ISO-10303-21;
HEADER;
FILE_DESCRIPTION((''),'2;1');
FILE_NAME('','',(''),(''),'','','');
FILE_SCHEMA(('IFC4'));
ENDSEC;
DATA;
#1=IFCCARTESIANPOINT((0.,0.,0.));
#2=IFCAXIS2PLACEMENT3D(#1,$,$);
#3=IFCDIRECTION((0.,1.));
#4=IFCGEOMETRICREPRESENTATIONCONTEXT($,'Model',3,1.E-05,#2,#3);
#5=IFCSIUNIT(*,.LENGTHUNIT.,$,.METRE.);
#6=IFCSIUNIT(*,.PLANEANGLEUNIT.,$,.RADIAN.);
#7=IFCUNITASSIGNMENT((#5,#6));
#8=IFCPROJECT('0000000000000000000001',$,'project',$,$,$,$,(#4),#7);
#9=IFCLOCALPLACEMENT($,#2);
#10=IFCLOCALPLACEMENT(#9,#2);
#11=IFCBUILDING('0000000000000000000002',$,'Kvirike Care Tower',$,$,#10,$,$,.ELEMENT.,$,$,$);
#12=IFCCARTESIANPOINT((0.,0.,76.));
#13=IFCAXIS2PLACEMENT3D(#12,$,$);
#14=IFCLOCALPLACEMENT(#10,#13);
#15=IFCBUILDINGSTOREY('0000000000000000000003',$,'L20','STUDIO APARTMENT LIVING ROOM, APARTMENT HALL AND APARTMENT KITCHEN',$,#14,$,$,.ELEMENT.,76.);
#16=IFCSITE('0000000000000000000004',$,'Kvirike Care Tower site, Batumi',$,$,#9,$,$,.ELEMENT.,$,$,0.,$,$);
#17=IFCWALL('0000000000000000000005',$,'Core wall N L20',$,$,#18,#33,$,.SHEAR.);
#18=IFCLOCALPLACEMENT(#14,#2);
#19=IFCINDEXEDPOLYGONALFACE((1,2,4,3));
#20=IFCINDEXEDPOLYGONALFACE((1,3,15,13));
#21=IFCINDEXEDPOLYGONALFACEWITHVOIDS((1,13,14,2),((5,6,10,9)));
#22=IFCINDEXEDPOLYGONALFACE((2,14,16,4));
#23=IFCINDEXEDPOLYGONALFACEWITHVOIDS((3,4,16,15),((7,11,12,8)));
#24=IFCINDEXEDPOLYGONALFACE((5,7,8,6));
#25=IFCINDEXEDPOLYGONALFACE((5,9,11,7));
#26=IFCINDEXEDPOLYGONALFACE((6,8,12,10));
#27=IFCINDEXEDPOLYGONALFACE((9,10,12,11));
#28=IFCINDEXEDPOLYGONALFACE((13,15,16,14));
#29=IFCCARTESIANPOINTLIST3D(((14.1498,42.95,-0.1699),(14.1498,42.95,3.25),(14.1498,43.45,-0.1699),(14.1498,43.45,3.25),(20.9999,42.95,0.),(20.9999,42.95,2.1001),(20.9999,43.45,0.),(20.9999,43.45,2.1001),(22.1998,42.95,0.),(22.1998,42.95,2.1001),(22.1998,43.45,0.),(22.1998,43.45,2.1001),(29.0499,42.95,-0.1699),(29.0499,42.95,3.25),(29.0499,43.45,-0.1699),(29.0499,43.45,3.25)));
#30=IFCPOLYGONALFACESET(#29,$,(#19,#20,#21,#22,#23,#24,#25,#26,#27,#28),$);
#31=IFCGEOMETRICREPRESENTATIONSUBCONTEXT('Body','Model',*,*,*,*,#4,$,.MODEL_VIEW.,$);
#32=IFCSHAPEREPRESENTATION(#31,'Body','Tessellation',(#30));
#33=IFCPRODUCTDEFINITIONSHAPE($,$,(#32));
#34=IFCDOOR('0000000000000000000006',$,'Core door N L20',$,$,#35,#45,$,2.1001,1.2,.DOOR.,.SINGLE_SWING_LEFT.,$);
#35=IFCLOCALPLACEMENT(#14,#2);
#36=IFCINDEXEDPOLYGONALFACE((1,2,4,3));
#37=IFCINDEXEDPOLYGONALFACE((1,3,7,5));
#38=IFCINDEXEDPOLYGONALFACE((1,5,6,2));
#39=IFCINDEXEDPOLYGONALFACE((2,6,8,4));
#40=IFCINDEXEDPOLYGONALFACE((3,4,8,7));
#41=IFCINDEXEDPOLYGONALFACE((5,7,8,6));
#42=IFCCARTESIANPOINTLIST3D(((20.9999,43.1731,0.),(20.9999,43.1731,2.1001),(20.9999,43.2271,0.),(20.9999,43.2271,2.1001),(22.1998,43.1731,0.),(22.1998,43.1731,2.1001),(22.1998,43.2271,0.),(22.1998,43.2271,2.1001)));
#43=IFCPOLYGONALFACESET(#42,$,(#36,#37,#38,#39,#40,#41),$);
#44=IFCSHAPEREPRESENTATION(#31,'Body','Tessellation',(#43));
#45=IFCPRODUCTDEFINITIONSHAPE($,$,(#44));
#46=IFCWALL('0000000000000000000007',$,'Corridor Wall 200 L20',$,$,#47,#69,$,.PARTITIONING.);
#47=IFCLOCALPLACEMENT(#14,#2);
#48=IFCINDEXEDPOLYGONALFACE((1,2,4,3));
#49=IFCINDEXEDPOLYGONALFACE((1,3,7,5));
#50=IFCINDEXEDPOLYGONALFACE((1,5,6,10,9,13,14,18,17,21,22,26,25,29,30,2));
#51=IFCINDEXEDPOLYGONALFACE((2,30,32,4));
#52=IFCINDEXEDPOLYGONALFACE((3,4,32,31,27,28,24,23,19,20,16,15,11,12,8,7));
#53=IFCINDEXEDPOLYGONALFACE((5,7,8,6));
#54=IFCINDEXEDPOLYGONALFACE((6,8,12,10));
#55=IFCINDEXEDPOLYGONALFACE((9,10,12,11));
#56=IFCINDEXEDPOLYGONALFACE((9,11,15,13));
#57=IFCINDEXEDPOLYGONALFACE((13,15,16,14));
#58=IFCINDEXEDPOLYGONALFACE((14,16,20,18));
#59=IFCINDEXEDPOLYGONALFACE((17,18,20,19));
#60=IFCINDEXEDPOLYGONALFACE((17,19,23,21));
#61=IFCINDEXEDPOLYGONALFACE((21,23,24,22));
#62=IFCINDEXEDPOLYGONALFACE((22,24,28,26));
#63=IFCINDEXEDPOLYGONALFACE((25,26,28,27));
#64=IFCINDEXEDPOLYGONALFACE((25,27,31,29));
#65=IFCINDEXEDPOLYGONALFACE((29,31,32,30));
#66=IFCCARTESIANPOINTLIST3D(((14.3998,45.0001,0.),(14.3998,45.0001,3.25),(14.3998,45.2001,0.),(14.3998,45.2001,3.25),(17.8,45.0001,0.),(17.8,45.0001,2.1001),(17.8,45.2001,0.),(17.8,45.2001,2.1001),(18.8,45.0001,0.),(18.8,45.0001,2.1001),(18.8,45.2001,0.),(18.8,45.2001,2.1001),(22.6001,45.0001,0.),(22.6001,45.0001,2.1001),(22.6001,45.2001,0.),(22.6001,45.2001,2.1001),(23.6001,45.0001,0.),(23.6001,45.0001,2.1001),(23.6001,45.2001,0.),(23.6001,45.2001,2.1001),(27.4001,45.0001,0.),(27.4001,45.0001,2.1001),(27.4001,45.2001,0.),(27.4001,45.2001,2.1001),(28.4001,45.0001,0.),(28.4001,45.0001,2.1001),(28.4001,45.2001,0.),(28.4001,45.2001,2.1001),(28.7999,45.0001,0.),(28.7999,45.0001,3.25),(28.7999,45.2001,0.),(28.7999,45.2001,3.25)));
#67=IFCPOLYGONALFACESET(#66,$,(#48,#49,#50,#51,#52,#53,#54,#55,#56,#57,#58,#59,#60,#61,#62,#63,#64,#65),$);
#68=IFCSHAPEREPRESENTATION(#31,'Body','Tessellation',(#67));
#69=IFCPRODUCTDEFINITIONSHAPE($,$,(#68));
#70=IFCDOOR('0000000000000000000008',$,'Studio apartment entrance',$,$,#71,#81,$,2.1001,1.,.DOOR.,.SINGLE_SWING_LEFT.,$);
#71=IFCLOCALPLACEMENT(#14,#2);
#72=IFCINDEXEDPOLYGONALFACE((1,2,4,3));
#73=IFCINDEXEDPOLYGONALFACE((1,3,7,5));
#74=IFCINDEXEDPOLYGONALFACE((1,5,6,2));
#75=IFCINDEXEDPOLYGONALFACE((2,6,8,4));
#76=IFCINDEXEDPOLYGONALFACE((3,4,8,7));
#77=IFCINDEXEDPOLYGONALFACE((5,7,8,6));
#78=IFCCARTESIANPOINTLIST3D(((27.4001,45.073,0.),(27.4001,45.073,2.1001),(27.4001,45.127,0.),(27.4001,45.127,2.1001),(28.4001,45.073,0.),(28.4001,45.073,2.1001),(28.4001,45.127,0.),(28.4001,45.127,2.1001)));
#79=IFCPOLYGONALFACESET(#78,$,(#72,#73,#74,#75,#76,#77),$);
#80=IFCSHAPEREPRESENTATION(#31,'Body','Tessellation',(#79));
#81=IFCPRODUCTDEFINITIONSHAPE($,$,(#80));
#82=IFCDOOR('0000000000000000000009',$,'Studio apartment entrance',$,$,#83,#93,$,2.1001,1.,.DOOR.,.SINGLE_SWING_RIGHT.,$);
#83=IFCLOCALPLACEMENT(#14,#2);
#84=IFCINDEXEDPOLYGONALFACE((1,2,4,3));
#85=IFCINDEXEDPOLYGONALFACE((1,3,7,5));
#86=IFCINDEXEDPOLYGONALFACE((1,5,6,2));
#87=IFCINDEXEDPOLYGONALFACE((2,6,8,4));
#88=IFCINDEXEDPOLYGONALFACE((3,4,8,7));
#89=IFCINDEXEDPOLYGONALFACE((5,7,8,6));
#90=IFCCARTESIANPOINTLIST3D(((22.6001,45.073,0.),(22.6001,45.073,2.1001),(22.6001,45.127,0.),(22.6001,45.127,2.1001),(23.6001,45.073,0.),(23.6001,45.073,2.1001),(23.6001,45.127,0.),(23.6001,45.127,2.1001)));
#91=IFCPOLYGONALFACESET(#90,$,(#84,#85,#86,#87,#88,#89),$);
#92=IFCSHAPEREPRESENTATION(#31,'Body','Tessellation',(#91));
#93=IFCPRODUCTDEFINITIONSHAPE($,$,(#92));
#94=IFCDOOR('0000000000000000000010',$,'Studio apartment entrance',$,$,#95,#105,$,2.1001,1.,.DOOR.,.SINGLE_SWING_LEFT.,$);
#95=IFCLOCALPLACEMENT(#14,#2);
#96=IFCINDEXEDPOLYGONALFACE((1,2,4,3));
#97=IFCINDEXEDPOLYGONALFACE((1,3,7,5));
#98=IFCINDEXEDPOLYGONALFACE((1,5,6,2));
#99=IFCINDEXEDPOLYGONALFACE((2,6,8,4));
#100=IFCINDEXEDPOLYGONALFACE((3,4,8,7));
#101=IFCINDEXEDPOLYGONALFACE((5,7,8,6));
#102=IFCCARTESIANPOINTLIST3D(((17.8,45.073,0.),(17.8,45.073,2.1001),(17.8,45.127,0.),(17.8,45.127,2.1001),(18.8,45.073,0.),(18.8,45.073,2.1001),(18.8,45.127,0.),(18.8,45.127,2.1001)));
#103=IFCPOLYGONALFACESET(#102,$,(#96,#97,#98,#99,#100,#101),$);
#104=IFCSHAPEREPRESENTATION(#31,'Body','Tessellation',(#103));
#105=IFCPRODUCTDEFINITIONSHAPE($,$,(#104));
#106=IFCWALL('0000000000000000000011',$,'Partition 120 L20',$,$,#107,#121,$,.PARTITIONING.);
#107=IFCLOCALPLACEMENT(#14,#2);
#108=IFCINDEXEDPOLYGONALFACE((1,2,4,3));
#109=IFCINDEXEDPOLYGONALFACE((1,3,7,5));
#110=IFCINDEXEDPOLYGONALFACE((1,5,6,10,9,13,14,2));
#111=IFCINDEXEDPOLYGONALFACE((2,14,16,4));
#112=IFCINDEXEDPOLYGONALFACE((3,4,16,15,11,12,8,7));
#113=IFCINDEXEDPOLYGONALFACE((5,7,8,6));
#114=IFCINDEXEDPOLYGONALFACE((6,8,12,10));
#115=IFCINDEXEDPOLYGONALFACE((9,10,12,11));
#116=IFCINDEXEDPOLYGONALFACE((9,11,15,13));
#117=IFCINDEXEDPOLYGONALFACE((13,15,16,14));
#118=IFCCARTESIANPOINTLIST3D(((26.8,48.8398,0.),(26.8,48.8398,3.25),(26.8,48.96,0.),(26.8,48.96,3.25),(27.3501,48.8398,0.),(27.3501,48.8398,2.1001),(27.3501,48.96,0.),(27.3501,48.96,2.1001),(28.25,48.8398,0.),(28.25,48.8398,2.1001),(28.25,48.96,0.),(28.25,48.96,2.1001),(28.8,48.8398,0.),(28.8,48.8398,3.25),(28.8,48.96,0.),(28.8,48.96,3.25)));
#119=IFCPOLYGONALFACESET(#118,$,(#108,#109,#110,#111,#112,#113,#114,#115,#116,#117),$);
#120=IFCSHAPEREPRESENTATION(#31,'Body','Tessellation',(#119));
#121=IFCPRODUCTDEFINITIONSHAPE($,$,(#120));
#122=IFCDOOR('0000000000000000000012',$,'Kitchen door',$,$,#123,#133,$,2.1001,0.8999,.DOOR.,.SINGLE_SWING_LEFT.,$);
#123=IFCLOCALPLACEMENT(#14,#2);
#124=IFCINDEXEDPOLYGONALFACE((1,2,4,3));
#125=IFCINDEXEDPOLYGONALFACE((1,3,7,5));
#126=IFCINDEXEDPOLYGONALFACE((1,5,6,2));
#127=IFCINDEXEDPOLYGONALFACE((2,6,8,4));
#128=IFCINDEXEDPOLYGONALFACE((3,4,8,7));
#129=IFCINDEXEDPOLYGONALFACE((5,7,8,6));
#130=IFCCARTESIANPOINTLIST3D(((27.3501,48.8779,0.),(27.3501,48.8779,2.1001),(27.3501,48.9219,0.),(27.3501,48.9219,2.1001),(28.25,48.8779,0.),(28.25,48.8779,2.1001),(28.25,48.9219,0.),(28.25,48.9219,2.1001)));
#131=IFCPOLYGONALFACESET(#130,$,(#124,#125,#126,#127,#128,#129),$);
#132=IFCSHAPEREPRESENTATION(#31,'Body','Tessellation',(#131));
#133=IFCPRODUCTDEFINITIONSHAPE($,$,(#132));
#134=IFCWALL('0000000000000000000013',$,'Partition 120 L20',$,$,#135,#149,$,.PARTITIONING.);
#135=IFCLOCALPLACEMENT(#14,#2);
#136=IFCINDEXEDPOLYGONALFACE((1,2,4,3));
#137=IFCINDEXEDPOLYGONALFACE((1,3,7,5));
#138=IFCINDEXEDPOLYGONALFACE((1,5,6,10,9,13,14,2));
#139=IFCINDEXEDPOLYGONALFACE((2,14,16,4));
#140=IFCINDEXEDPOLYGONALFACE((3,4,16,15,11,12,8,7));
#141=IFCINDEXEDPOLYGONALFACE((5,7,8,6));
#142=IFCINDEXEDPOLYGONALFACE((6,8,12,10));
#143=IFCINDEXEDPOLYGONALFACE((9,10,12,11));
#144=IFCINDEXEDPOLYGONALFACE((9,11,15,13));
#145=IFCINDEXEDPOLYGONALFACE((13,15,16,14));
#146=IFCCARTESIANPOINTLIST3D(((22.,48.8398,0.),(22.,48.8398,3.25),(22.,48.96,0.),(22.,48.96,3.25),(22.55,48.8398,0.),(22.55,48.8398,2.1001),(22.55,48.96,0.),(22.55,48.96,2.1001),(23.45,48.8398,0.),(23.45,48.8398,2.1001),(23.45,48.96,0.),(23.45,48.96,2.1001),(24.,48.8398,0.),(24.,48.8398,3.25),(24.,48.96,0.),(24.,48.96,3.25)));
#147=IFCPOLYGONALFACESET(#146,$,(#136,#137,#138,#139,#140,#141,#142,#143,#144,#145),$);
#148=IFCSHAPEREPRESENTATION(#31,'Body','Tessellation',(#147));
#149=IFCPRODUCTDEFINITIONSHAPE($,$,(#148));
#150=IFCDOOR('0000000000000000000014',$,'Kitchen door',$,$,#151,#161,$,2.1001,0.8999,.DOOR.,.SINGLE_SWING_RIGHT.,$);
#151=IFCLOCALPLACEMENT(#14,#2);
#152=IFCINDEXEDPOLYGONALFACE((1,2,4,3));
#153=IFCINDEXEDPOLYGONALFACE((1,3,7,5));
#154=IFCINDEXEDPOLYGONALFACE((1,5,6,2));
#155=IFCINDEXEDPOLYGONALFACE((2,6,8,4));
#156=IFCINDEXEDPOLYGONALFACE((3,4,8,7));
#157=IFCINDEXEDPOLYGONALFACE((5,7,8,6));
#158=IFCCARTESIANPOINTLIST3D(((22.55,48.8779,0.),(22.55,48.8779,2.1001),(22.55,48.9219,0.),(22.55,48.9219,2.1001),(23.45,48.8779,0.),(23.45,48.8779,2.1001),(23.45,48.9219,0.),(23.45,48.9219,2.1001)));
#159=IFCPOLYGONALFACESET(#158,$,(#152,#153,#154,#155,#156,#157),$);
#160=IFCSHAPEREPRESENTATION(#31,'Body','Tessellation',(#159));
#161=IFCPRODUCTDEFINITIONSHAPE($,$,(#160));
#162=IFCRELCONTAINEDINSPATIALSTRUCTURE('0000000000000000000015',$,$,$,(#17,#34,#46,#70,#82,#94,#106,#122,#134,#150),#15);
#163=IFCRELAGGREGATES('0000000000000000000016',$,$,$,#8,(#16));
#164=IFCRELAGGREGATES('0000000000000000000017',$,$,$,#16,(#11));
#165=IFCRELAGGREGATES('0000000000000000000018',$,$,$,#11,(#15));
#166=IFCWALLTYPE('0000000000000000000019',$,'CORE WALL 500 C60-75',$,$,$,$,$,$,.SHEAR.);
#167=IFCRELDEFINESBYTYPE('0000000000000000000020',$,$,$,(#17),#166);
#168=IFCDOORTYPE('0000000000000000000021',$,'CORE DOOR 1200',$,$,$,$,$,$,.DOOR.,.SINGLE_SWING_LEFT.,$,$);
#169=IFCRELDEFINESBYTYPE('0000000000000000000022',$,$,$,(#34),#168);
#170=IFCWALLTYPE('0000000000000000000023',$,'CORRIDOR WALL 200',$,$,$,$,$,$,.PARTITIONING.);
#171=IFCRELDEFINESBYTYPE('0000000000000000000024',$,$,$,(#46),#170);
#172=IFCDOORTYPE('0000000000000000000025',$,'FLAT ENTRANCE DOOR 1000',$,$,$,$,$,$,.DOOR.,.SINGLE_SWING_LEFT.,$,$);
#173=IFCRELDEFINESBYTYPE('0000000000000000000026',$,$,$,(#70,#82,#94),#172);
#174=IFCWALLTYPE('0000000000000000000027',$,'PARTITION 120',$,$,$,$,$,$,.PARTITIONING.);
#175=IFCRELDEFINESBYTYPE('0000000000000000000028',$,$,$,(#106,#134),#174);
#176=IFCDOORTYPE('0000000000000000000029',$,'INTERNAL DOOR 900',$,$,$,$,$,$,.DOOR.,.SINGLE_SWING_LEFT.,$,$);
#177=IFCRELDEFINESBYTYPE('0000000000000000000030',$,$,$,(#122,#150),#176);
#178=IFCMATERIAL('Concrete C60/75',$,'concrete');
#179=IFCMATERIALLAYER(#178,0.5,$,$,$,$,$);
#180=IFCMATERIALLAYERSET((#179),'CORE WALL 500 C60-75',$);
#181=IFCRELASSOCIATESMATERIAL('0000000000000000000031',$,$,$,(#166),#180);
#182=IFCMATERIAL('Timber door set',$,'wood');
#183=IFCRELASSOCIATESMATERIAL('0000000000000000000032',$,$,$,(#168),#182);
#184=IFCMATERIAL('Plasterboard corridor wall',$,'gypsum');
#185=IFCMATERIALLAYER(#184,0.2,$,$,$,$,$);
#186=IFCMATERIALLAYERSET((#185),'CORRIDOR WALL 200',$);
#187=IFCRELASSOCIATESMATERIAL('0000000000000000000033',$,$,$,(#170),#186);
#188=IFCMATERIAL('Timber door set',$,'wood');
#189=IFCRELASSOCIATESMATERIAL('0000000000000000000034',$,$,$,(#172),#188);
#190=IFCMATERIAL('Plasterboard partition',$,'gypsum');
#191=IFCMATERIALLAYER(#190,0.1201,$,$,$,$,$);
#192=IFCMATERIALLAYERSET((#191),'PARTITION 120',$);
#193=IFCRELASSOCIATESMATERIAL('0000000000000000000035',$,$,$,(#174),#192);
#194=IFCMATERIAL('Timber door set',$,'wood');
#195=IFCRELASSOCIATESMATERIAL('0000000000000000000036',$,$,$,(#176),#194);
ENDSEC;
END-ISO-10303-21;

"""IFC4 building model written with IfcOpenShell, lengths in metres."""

from ifc_helpers import new_model, si_unit, direction, frame, frame_2d, origin, place, context, subcontext, project, spatial, rectangle, extrude, material, layer, layer_set, type_object, element, fill, save


model = new_model("IFC4")

# Units and contexts
model_context = context("Model", 3, precision=1e-05, world=origin(), true_north=direction((0.0, 1.0)))
body_context = subcontext(model_context, "Body", "Model", "MODEL_VIEW")
ifc_project = project(units=[si_unit("LENGTHUNIT", "METRE"), si_unit("PLANEANGLEUNIT", "RADIAN")], contexts=[model_context])

# Site, building, storey
site_placement = place(None, origin())
site = spatial("IfcSite", under=ifc_project, at=site_placement, Name="Kvirike Care Tower site, Batumi", CompositionType="ELEMENT", RefElevation=0.0)
building_placement = place(site_placement, origin())
building = spatial("IfcBuilding", under=site, at=building_placement, Name="Kvirike Care Tower", CompositionType="ELEMENT")
storey_placement = place(building_placement, frame((0.0, 0.0, 76.0)))
storey = spatial("IfcBuildingStorey", under=building, at=storey_placement, Name="L20", Description="STUDIO APARTMENT LIVING ROOM, APARTMENT HALL AND APARTMENT KITCHEN", CompositionType="ELEMENT", Elevation=76.0)

# Wall, opening, door
ifc_material_1 = material(Name="Concrete C60/75", Category="concrete")
ifc_layer_1 = layer(ifc_material_1, 0.5)
ifc_layer_set_1 = layer_set([ifc_layer_1], Name="CORE WALL 500 C60-75")
wall_type_1 = type_object("IfcWallType", Name="CORE WALL 500 C60-75", PredefinedType="SHEAR", material=ifc_layer_set_1)
wall_1_placement = place(storey_placement, frame((29.05, 43.2, -0.1699), z_axis=(0.0, 0.0, 1.0), x_axis=(-1.0, 0.0, 0.0)))
wall_1 = element("IfcWall", 1, at=wall_1_placement, inside=storey, type_object=wall_type_1, Name="Core wall N L20", PredefinedType="SHEAR", context=body_context, shape_type="SweptSolid", body=[
    extrude(rectangle(XDim=14.9001, YDim=0.5, at=frame_2d((7.4502, 0.0))), origin(), (0.0, 0.0, 1.0), 3.4199),
])
opening_1_placement = place(wall_1_placement, frame((6.8501, 0.0, 0.1699)))
opening_1 = element("IfcOpeningElement", 2, at=opening_1_placement, cuts=wall_1, PredefinedType="OPENING", context=body_context, shape_type="SweptSolid", body=[
    extrude(rectangle(XDim=1.2, YDim=2.1001, at=frame_2d((0.6001, 1.05))), frame((0.0, 0.2605, 0.0), z_axis=(0.0, -1.0, 0.0), x_axis=(1.0, 0.0, 0.0)), (0.0, 0.0, 1.0), 0.521),
])
ifc_material_2 = material(Name="Timber door set", Category="wood")
door_type_1 = type_object("IfcDoorType", Name="CORE DOOR 1200", OperationType="SINGLE_SWING_LEFT", PredefinedType="DOOR", material=ifc_material_2)
door_1_placement = place(opening_1_placement, origin())
door_1 = element("IfcDoor", 3, at=door_1_placement, inside=storey, type_object=door_type_1, Name="Core door N L20", OperationType="SINGLE_SWING_LEFT", OverallHeight=2.1001, OverallWidth=1.2, PredefinedType="DOOR", context=body_context, shape_type="SweptSolid", body=[
    extrude(rectangle(XDim=1.2, YDim=2.1001, at=frame_2d((0.6001, 1.05))), frame((0.0, 0.0269, 0.0), z_axis=(0.0, -1.0, 0.0), x_axis=(1.0, 0.0, 0.0)), (0.0, 0.0, 1.0), 0.054),
])
fill(opening_1, door_1)

# Wall, openings, doors
ifc_material_3 = material(Name="Plasterboard corridor wall", Category="gypsum")
ifc_layer_2 = layer(ifc_material_3, 0.2)
ifc_layer_set_2 = layer_set([ifc_layer_2], Name="CORRIDOR WALL 200")
wall_type_2 = type_object("IfcWallType", Name="CORRIDOR WALL 200", PredefinedType="PARTITIONING", material=ifc_layer_set_2)
wall_2_placement = place(storey_placement, frame((28.8, 45.1001, 0.0), z_axis=(0.0, 0.0, 1.0), x_axis=(-1.0, 0.0, 0.0)))
wall_2 = element("IfcWall", 4, at=wall_2_placement, inside=storey, type_object=wall_type_2, Name="Corridor Wall 200 L20", PredefinedType="PARTITIONING", context=body_context, shape_type="SweptSolid", body=[
    extrude(rectangle(XDim=14.4001, YDim=0.2, at=frame_2d((7.2002, 0.0))), origin(), (0.0, 0.0, 1.0), 3.25),
])
opening_2_placement = place(wall_2_placement, frame((0.3999, 0.0, 0.0)))
opening_2 = element("IfcOpeningElement", 5, at=opening_2_placement, cuts=wall_2, PredefinedType="OPENING", context=body_context, shape_type="SweptSolid", body=[
    extrude(rectangle(XDim=1.0, YDim=2.1001, at=frame_2d((0.5, 1.05))), frame((0.0, 0.1106, 0.0), z_axis=(0.0, -1.0, 0.0), x_axis=(1.0, 0.0, 0.0)), (0.0, 0.0, 1.0), 0.2209),
])
opening_3_placement = place(wall_2_placement, frame((5.2, 0.0, 0.0)))
opening_3 = element("IfcOpeningElement", 6, at=opening_3_placement, cuts=wall_2, PredefinedType="OPENING", context=body_context, shape_type="SweptSolid", body=[
    extrude(rectangle(XDim=1.0, YDim=2.1001, at=frame_2d((0.5, 1.05))), frame((0.0, 0.1106, 0.0), z_axis=(0.0, -1.0, 0.0), x_axis=(1.0, 0.0, 0.0)), (0.0, 0.0, 1.0), 0.2209),
])
opening_4_placement = place(wall_2_placement, frame((10.0, 0.0, 0.0)))
opening_4 = element("IfcOpeningElement", 7, at=opening_4_placement, cuts=wall_2, PredefinedType="OPENING", context=body_context, shape_type="SweptSolid", body=[
    extrude(rectangle(XDim=1.0, YDim=2.1001, at=frame_2d((0.5, 1.05))), frame((0.0, 0.1106, 0.0), z_axis=(0.0, -1.0, 0.0), x_axis=(1.0, 0.0, 0.0)), (0.0, 0.0, 1.0), 0.2209),
])
ifc_material_4 = material(Name="Timber door set", Category="wood")
door_type_2 = type_object("IfcDoorType", Name="FLAT ENTRANCE DOOR 1000", OperationType="SINGLE_SWING_LEFT", PredefinedType="DOOR", material=ifc_material_4)
door_2_placement = place(opening_2_placement, frame((1.0, 0.0, 0.0), z_axis=(0.0, 0.0, 1.0), x_axis=(-1.0, 0.0, 0.0)))
door_2 = element("IfcDoor", 8, at=door_2_placement, inside=storey, type_object=door_type_2, Name="Studio apartment entrance", OperationType="SINGLE_SWING_LEFT", OverallHeight=2.1001, OverallWidth=1.0, PredefinedType="DOOR", context=body_context, shape_type="SweptSolid", body=[
    extrude(rectangle(XDim=1.0, YDim=2.1001, at=frame_2d((0.5, 1.05))), frame((0.0, 0.0269, 0.0), z_axis=(0.0, -1.0, 0.0), x_axis=(1.0, 0.0, 0.0)), (0.0, 0.0, 1.0), 0.054),
])
fill(opening_2, door_2)
door_3_placement = place(opening_3_placement, frame((1.0, 0.0, 0.0), z_axis=(0.0, 0.0, 1.0), x_axis=(-1.0, 0.0, 0.0)))
door_3 = element("IfcDoor", 9, at=door_3_placement, inside=storey, type_object=door_type_2, Name="Studio apartment entrance", OperationType="SINGLE_SWING_RIGHT", OverallHeight=2.1001, OverallWidth=1.0, PredefinedType="DOOR", context=body_context, shape_type="SweptSolid", body=[
    extrude(rectangle(XDim=1.0, YDim=2.1001, at=frame_2d((0.5, 1.05))), frame((0.0, 0.0269, 0.0), z_axis=(0.0, -1.0, 0.0), x_axis=(1.0, 0.0, 0.0)), (0.0, 0.0, 1.0), 0.054),
])
fill(opening_3, door_3)
door_4_placement = place(opening_4_placement, frame((1.0, 0.0, 0.0), z_axis=(0.0, 0.0, 1.0), x_axis=(-1.0, 0.0, 0.0)))
door_4 = element("IfcDoor", 10, at=door_4_placement, inside=storey, type_object=door_type_2, Name="Studio apartment entrance", OperationType="SINGLE_SWING_LEFT", OverallHeight=2.1001, OverallWidth=1.0, PredefinedType="DOOR", context=body_context, shape_type="SweptSolid", body=[
    extrude(rectangle(XDim=1.0, YDim=2.1001, at=frame_2d((0.5, 1.05))), frame((0.0, 0.0269, 0.0), z_axis=(0.0, -1.0, 0.0), x_axis=(1.0, 0.0, 0.0)), (0.0, 0.0, 1.0), 0.054),
])
fill(opening_4, door_4)

# Walls, openings, doors
ifc_material_5 = material(Name="Plasterboard partition", Category="gypsum")
ifc_layer_3 = layer(ifc_material_5, 0.1201)
ifc_layer_set_3 = layer_set([ifc_layer_3], Name="PARTITION 120")
wall_type_3 = type_object("IfcWallType", Name="PARTITION 120", PredefinedType="PARTITIONING", material=ifc_layer_set_3)
wall_3_placement = place(storey_placement, frame((28.8, 48.8999, 0.0), z_axis=(0.0, 0.0, 1.0), x_axis=(-1.0, 0.0, 0.0)))
wall_3 = element("IfcWall", 11, at=wall_3_placement, inside=storey, type_object=wall_type_3, Name="Partition 120 L20", PredefinedType="PARTITIONING", context=body_context, shape_type="SweptSolid", body=[
    extrude(rectangle(XDim=2.0, YDim=0.1201, at=frame_2d((1.0, 0.0))), origin(), (0.0, 0.0, 1.0), 3.25),
])
opening_5_placement = place(wall_3_placement, frame((0.55, 0.0, 0.0)))
opening_5 = element("IfcOpeningElement", 12, at=opening_5_placement, cuts=wall_3, PredefinedType="OPENING", context=body_context, shape_type="SweptSolid", body=[
    extrude(rectangle(XDim=0.8999, YDim=2.1001, at=frame_2d((0.45, 1.05))), frame((0.0, 0.0706, 0.0), z_axis=(0.0, -1.0, 0.0), x_axis=(1.0, 0.0, 0.0)), (0.0, 0.0, 1.0), 0.1411),
])
ifc_material_6 = material(Name="Timber door set", Category="wood")
door_type_3 = type_object("IfcDoorType", Name="INTERNAL DOOR 900", OperationType="SINGLE_SWING_LEFT", PredefinedType="DOOR", material=ifc_material_6)
door_5_placement = place(opening_5_placement, frame((0.8999, 0.0, 0.0), z_axis=(0.0, 0.0, 1.0), x_axis=(-1.0, 0.0, 0.0)))
door_5 = element("IfcDoor", 13, at=door_5_placement, inside=storey, type_object=door_type_3, Name="Kitchen door", OperationType="SINGLE_SWING_LEFT", OverallHeight=2.1001, OverallWidth=0.8999, PredefinedType="DOOR", context=body_context, shape_type="SweptSolid", body=[
    extrude(rectangle(XDim=0.8999, YDim=2.1001, at=frame_2d((0.45, 1.05))), frame((0.0, 0.022, 0.0), z_axis=(0.0, -1.0, 0.0), x_axis=(1.0, 0.0, 0.0)), (0.0, 0.0, 1.0), 0.0439),
])
fill(opening_5, door_5)
wall_4_placement = place(storey_placement, frame((24.0, 48.8999, 0.0), z_axis=(0.0, 0.0, 1.0), x_axis=(-1.0, 0.0, 0.0)))
wall_4 = element("IfcWall", 14, at=wall_4_placement, inside=storey, type_object=wall_type_3, Name="Partition 120 L20", PredefinedType="PARTITIONING", context=body_context, shape_type="SweptSolid", body=[
    extrude(rectangle(XDim=2.0, YDim=0.1201, at=frame_2d((1.0, 0.0))), origin(), (0.0, 0.0, 1.0), 3.25),
])
opening_6_placement = place(wall_4_placement, frame((0.55, 0.0, 0.0)))
opening_6 = element("IfcOpeningElement", 15, at=opening_6_placement, cuts=wall_4, PredefinedType="OPENING", context=body_context, shape_type="SweptSolid", body=[
    extrude(rectangle(XDim=0.8999, YDim=2.1001, at=frame_2d((0.45, 1.05))), frame((0.0, 0.0706, 0.0), z_axis=(0.0, -1.0, 0.0), x_axis=(1.0, 0.0, 0.0)), (0.0, 0.0, 1.0), 0.1411),
])
door_6_placement = place(opening_6_placement, frame((0.8999, 0.0, 0.0), z_axis=(0.0, 0.0, 1.0), x_axis=(-1.0, 0.0, 0.0)))
door_6 = element("IfcDoor", 16, at=door_6_placement, inside=storey, type_object=door_type_3, Name="Kitchen door", OperationType="SINGLE_SWING_RIGHT", OverallHeight=2.1001, OverallWidth=0.8999, PredefinedType="DOOR", context=body_context, shape_type="SweptSolid", body=[
    extrude(rectangle(XDim=0.8999, YDim=2.1001, at=frame_2d((0.45, 1.05))), frame((0.0, 0.022, 0.0), z_axis=(0.0, -1.0, 0.0), x_axis=(1.0, 0.0, 0.0)), (0.0, 0.0, 1.0), 0.0439),
])
fill(opening_6, door_6)

save(model, "model.ifc")
